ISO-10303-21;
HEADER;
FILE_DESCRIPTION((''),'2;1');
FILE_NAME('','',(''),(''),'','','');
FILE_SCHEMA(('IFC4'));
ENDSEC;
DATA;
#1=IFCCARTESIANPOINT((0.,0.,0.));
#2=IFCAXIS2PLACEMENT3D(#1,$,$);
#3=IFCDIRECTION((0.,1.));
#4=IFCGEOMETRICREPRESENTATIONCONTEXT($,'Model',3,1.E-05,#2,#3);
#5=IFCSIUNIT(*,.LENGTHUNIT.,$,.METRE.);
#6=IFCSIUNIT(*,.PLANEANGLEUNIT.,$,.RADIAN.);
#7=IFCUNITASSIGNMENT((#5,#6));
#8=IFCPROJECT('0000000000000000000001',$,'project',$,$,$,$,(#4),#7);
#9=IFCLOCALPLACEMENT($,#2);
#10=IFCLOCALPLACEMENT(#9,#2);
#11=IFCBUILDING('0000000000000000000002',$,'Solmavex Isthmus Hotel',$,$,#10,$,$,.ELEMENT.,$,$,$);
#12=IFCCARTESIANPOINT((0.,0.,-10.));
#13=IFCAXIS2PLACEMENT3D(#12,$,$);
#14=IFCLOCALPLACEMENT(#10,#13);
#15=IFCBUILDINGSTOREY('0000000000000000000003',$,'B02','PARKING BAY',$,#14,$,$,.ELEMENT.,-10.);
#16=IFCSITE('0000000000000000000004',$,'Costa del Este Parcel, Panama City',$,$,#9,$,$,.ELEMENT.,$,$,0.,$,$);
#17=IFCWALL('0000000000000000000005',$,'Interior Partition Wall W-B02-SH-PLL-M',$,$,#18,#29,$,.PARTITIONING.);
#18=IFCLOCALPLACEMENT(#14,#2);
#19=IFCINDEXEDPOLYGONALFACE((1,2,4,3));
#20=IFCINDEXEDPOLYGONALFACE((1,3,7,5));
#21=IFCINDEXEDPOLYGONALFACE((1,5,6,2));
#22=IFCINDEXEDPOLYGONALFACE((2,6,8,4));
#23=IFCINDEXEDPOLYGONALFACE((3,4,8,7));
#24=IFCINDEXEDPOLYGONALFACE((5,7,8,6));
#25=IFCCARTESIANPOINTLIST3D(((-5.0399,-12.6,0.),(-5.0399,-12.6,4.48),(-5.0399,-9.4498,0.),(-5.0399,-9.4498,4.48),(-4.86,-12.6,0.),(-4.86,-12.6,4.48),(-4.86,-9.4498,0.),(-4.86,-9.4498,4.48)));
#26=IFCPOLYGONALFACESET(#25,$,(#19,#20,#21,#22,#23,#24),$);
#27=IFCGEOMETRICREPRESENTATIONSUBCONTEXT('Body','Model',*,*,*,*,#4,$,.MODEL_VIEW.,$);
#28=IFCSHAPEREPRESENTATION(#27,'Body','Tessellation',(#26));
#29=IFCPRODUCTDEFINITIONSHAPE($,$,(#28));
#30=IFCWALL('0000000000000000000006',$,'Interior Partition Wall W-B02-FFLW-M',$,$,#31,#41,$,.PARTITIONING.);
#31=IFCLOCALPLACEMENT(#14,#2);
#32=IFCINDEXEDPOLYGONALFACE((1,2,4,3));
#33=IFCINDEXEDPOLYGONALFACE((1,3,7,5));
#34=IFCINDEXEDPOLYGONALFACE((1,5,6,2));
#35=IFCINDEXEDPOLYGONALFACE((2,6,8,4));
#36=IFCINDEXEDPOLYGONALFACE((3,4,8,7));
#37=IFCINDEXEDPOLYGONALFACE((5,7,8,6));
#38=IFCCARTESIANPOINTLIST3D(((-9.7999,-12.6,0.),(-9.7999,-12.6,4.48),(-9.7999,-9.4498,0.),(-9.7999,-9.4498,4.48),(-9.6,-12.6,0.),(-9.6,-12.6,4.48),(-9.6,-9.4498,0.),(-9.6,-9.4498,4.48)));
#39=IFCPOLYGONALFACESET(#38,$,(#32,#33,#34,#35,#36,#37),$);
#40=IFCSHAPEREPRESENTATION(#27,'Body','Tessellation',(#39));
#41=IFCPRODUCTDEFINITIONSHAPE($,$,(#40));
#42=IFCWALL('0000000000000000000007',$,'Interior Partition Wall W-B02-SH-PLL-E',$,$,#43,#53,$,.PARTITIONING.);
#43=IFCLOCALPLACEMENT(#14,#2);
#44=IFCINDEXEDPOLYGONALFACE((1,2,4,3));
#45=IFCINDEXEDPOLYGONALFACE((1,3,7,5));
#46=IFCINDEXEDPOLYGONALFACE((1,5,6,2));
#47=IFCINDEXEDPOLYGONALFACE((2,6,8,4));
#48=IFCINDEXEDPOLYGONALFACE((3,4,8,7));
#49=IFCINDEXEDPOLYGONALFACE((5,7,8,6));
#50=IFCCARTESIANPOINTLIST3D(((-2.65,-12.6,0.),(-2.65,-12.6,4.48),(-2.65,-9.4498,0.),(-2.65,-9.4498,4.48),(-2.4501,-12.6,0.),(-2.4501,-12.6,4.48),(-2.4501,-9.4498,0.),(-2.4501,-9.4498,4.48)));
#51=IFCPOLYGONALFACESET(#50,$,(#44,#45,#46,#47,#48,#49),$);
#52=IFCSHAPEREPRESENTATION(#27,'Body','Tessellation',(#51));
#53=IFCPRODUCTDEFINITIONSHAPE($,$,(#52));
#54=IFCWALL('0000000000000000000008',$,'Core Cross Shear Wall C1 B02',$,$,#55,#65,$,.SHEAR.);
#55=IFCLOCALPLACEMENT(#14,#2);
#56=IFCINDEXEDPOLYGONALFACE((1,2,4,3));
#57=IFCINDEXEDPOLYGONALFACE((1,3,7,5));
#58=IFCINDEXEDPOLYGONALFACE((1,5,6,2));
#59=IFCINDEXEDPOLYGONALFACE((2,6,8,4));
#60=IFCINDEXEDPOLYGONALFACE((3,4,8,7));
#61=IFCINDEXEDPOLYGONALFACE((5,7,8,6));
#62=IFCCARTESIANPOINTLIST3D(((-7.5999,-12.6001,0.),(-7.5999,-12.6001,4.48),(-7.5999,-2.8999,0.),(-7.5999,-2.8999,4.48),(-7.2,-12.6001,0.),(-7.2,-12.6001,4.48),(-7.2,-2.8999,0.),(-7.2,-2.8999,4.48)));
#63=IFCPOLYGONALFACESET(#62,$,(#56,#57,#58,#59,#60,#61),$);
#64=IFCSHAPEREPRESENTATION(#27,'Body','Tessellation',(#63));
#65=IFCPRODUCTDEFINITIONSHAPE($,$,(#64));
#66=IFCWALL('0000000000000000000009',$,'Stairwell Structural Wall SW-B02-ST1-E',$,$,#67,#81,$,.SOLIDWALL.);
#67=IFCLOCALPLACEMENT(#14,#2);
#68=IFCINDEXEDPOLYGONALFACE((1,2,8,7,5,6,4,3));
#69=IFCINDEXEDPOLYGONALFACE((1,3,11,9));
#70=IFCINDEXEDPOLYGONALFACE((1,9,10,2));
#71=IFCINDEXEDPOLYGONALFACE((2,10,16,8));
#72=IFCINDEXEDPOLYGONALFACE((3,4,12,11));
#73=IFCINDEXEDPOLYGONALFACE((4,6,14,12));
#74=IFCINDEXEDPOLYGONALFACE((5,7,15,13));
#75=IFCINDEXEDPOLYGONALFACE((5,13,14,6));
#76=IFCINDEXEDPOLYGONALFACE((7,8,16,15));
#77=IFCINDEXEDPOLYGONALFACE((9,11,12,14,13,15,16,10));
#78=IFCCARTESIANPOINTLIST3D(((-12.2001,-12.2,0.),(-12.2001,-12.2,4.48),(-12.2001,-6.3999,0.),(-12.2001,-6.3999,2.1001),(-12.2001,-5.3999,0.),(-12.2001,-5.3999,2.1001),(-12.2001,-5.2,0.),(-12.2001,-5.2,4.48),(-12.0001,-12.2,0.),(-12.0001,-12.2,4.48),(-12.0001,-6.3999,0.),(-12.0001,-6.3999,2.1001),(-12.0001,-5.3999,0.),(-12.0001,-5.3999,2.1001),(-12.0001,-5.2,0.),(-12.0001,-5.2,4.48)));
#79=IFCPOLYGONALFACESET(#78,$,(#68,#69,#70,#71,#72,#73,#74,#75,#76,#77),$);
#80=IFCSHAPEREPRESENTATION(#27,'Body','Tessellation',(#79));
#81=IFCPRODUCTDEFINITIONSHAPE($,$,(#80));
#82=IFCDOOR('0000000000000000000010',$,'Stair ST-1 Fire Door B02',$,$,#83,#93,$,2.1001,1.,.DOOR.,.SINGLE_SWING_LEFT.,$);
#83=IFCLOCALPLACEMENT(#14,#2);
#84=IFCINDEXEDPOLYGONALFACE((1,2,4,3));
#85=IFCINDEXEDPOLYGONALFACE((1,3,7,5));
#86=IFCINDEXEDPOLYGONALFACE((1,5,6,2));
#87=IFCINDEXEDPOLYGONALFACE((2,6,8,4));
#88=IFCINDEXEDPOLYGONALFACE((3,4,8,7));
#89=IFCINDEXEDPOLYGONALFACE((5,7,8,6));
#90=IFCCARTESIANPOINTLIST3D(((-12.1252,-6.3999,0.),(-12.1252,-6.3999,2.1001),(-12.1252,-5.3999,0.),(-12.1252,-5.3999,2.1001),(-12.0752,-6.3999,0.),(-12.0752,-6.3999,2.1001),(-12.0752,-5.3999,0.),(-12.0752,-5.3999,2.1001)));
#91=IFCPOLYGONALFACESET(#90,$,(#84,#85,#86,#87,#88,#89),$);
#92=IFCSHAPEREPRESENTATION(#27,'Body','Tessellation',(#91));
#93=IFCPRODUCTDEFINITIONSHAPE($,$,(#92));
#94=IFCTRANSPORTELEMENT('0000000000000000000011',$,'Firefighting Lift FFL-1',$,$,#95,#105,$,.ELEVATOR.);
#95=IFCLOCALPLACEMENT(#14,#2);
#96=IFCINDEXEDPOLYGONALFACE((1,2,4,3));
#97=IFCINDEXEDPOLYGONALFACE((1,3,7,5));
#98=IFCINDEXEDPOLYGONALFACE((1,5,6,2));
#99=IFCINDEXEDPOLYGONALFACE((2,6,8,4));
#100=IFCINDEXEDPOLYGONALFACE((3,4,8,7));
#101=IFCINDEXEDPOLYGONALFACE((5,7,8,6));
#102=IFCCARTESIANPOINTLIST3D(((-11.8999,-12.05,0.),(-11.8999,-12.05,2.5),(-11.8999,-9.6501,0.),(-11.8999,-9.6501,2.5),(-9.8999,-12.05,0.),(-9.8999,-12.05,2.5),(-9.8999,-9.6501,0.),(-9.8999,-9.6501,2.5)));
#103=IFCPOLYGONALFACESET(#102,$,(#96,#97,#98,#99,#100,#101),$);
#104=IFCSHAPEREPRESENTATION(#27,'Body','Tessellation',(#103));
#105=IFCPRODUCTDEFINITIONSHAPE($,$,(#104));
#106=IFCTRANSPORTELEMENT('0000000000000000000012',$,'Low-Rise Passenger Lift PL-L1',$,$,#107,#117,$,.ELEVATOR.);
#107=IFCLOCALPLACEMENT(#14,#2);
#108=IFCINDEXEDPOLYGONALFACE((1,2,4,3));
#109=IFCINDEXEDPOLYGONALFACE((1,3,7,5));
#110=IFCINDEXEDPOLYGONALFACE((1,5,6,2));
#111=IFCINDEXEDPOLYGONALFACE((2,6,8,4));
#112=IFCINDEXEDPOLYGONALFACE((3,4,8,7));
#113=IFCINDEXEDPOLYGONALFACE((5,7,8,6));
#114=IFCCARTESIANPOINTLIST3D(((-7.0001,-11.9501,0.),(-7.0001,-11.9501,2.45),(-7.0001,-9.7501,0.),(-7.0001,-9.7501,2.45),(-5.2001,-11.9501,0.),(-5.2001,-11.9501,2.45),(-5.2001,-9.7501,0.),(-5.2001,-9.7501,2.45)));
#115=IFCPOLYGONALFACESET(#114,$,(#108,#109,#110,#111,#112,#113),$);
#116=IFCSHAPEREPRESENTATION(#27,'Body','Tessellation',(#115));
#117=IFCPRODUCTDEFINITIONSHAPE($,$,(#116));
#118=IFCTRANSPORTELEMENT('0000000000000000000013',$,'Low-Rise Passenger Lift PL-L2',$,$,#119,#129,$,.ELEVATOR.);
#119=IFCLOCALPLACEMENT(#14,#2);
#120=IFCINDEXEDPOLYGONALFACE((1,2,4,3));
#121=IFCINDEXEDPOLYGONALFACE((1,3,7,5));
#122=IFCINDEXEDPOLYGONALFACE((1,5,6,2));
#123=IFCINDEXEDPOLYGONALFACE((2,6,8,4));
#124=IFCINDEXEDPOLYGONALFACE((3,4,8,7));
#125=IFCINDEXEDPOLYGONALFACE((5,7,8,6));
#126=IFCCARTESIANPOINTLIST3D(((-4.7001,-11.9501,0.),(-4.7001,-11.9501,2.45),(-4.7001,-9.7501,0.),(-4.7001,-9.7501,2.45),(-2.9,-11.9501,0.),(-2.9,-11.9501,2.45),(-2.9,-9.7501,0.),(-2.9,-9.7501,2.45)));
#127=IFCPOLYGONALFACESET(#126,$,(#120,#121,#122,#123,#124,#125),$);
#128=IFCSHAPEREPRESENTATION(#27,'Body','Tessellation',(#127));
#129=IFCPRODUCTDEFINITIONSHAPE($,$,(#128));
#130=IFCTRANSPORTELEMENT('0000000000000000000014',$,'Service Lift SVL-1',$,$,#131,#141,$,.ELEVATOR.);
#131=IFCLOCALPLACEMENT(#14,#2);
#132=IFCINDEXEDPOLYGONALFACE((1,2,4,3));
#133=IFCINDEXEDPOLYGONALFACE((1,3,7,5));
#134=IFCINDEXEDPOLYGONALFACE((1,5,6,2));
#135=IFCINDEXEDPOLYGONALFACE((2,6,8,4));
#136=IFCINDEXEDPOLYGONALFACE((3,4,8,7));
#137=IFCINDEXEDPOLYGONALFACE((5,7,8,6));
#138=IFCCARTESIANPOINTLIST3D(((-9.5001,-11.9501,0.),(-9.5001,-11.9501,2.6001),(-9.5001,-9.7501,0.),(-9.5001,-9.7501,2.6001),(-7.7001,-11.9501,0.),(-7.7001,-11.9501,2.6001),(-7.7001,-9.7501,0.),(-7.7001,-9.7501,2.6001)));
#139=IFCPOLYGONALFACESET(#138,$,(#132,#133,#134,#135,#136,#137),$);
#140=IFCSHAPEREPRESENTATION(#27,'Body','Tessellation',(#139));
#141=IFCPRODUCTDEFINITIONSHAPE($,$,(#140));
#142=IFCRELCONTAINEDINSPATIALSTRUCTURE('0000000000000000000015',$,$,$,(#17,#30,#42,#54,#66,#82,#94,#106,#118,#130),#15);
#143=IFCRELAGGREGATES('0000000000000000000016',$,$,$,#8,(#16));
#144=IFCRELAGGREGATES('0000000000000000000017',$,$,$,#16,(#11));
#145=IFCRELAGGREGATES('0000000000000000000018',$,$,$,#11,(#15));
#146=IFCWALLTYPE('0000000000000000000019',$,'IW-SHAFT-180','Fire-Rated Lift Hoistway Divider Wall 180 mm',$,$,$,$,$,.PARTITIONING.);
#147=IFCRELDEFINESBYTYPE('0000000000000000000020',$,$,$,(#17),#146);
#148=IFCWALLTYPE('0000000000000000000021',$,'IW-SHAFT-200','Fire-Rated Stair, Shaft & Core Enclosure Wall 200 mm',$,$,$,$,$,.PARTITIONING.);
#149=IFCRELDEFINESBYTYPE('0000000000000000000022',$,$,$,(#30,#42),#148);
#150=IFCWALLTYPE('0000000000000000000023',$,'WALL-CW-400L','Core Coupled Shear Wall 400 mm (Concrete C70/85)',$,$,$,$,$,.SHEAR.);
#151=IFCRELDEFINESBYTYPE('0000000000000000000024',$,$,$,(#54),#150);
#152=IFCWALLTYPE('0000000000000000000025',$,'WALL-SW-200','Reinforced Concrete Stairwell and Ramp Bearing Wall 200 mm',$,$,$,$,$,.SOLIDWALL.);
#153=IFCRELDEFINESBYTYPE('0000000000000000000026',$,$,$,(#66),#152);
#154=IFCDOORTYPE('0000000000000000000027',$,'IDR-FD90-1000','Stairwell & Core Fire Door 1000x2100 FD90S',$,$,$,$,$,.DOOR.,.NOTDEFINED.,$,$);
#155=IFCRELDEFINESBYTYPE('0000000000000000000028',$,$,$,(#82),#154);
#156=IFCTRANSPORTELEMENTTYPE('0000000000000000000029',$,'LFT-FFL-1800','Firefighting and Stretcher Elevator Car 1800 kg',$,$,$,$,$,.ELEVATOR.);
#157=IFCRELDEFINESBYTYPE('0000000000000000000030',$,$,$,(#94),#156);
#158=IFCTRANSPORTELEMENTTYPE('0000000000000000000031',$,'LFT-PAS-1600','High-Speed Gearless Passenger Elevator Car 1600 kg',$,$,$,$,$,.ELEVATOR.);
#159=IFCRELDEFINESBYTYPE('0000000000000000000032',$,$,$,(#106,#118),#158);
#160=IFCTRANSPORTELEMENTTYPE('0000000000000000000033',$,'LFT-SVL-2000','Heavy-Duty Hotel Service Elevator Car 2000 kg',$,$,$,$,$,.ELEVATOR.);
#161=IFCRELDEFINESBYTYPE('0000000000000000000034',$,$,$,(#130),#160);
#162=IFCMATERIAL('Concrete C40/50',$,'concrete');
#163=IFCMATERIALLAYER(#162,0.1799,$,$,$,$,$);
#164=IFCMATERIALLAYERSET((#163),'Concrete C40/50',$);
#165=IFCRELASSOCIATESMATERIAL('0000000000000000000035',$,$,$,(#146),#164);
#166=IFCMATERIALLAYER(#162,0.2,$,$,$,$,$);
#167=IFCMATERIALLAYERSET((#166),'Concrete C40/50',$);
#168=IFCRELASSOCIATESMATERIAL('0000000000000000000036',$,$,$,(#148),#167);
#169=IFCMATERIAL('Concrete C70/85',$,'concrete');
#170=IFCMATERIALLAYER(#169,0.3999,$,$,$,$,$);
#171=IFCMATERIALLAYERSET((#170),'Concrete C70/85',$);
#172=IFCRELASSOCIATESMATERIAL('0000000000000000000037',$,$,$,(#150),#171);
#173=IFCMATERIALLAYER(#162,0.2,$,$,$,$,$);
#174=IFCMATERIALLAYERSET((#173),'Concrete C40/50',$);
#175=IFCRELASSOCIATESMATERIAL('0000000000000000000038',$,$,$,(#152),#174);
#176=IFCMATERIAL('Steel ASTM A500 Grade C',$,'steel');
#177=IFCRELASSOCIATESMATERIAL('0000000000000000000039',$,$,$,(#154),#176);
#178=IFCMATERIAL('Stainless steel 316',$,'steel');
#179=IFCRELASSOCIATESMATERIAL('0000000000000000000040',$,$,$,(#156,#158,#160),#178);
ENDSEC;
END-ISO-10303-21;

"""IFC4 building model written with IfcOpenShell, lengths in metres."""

from ifc_helpers import new_model, si_unit, direction, frame, frame_2d, origin, origin_2d, place, context, subcontext, project, spatial, rectangle, extrude, material, layer, layer_set, type_object, element, fill, save


model = new_model("IFC4")

# Units and contexts
model_context = context("Model", 3, precision=1e-05, world=origin(), true_north=direction((0.0, 1.0)))
body_context = subcontext(model_context, "Body", "Model", "MODEL_VIEW")
ifc_project = project(units=[si_unit("LENGTHUNIT", "METRE"), si_unit("PLANEANGLEUNIT", "RADIAN")], contexts=[model_context])

# Site, building, storey
site_placement = place(None, origin())
site = spatial("IfcSite", under=ifc_project, at=site_placement, Name="Costa del Este Parcel, Panama City", CompositionType="ELEMENT", RefElevation=0.0)
building_placement = place(site_placement, origin())
building = spatial("IfcBuilding", under=site, at=building_placement, Name="Solmavex Isthmus Hotel", CompositionType="ELEMENT")
storey_placement = place(building_placement, frame((0.0, 0.0, -10.0)))
storey = spatial("IfcBuildingStorey", under=building, at=storey_placement, Name="B02", Description="PARKING BAY", CompositionType="ELEMENT", Elevation=-10.0)

# Shared definitions
ifc_material_1 = material(Name="Concrete C70/85", Category="concrete")

# Walls
ifc_material_2 = material(Name="Concrete C40/50", Category="concrete")
ifc_layer_1 = layer(ifc_material_2, 0.1799)
ifc_layer_set_1 = layer_set([ifc_layer_1], Name="Concrete C40/50")
wall_type_1 = type_object("IfcWallType", Name="IW-SHAFT-180", Description="Fire-Rated Lift Hoistway Divider Wall 180 mm", PredefinedType="PARTITIONING", material=ifc_layer_set_1)
wall_1_placement = place(storey_placement, frame((-4.95, -12.6001, 0.0), z_axis=(0.0, 0.0, 1.0), x_axis=(0.0, 1.0, 0.0)))
element("IfcWall", 1, at=wall_1_placement, inside=storey, type_object=wall_type_1, Name="Interior Partition Wall W-B02-SH-PLL-M", PredefinedType="PARTITIONING", context=body_context, shape_type="SweptSolid", body=[
    extrude(rectangle(XDim=3.1501, YDim=0.1799, at=frame_2d((1.5752, 0.0))), origin(), (0.0, 0.0, 1.0), 4.48),
])
ifc_layer_2 = layer(ifc_material_2, 0.2)
ifc_layer_set_2 = layer_set([ifc_layer_2], Name="Concrete C40/50")
wall_type_2 = type_object("IfcWallType", Name="IW-SHAFT-200", Description="Fire-Rated Stair, Shaft & Core Enclosure Wall 200 mm", PredefinedType="PARTITIONING", material=ifc_layer_set_2)
for number, where, z_axis, x_axis, name in (
    (2, (-9.7, -12.6001, 0.0), (0.0, 0.0, 1.0), (0.0, 1.0, 0.0), "Interior Partition Wall W-B02-FFLW-M"),
    (3, (-2.55, -12.6001, 0.0), (0.0, 0.0, 1.0), (0.0, 1.0, 0.0), "Interior Partition Wall W-B02-SH-PLL-E"),
):
    element("IfcWall", number, at=place(storey_placement, frame(where, z_axis=z_axis, x_axis=x_axis)), inside=storey, type_object=wall_type_2, Name=name, PredefinedType="PARTITIONING", context=body_context, shape_type="SweptSolid", body=[
        extrude(rectangle(XDim=3.1501, YDim=0.2, at=frame_2d((1.5752, 0.0))), origin(), (0.0, 0.0, 1.0), 4.48),
    ])
ifc_layer_3 = layer(ifc_material_1, 0.3999)
ifc_layer_set_3 = layer_set([ifc_layer_3], Name="Concrete C70/85")
wall_type_3 = type_object("IfcWallType", Name="WALL-CW-400L", Description="Core Coupled Shear Wall 400 mm (Concrete C70/85)", PredefinedType="SHEAR", material=ifc_layer_set_3)
wall_2_placement = place(storey_placement, frame((-7.3999, -12.6001, 0.0), z_axis=(0.0, 0.0, 1.0), x_axis=(0.0, 1.0, 0.0)))
element("IfcWall", 4, at=wall_2_placement, inside=storey, type_object=wall_type_3, Name="Core Cross Shear Wall C1 B02", PredefinedType="SHEAR", context=body_context, shape_type="SweptSolid", body=[
    extrude(rectangle(XDim=9.7002, YDim=0.3999, at=frame_2d((4.8501, 0.0))), origin(), (0.0, 0.0, 1.0), 4.48),
])

# Wall, opening, door
ifc_layer_4 = layer(ifc_material_2, 0.2)
ifc_layer_set_4 = layer_set([ifc_layer_4], Name="Concrete C40/50")
wall_type_4 = type_object("IfcWallType", Name="WALL-SW-200", Description="Reinforced Concrete Stairwell and Ramp Bearing Wall 200 mm", PredefinedType="SOLIDWALL", material=ifc_layer_set_4)
wall_3_placement = place(storey_placement, frame((-12.1001, -12.2, 0.0), z_axis=(0.0, 0.0, 1.0), x_axis=(0.0, 1.0, 0.0)))
wall_3 = element("IfcWall", 5, at=wall_3_placement, inside=storey, type_object=wall_type_4, Name="Stairwell Structural Wall SW-B02-ST1-E", PredefinedType="SOLIDWALL", context=body_context, shape_type="SweptSolid", body=[
    extrude(rectangle(XDim=7.0, YDim=0.2, at=frame_2d((3.5, 0.0))), origin(), (0.0, 0.0, 1.0), 4.48),
])
opening_placement = place(wall_3_placement, frame((5.8, 0.0, 0.0)))
opening = element("IfcOpeningElement", 6, at=opening_placement, cuts=wall_3, PredefinedType="OPENING", context=body_context, shape_type="SweptSolid", body=[
    extrude(rectangle(XDim=1.0, YDim=2.1001, at=frame_2d((0.5, 1.05))), frame((0.0, 0.1099, 0.0), z_axis=(0.0, -1.0, 0.0), x_axis=(1.0, 0.0, 0.0)), (0.0, 0.0, 1.0), 0.22),
])
ifc_material_3 = material(Name="Steel ASTM A500 Grade C", Category="steel")
door_type = type_object("IfcDoorType", Name="IDR-FD90-1000", Description="Stairwell & Core Fire Door 1000x2100 FD90S", OperationType="NOTDEFINED", PredefinedType="DOOR", material=ifc_material_3)
door_placement = place(opening_placement, frame((1.0, 0.0, 0.0), z_axis=(0.0, 0.0, 1.0), x_axis=(-1.0, 0.0, 0.0)))
door = element("IfcDoor", 7, at=door_placement, inside=storey, type_object=door_type, Name="Stair ST-1 Fire Door B02", OperationType="SINGLE_SWING_LEFT", OverallHeight=2.1001, OverallWidth=1.0, PredefinedType="DOOR", context=body_context, shape_type="SweptSolid", body=[
    extrude(rectangle(XDim=1.0, YDim=2.1001, at=frame_2d((0.5, 1.05))), frame((0.0, 0.0249, 0.0), z_axis=(0.0, -1.0, 0.0), x_axis=(1.0, 0.0, 0.0)), (0.0, 0.0, 1.0), 0.05),
])
fill(opening, door)

# Transport elements
ifc_material_4 = material(Name="Stainless steel 316", Category="steel")
transport_element_type_1 = type_object("IfcTransportElementType", Name="LFT-FFL-1800", Description="Firefighting and Stretcher Elevator Car 1800 kg", PredefinedType="ELEVATOR", material=ifc_material_4)
transport_element_1_placement = place(storey_placement, frame((-10.8999, -10.8501, 0.0), z_axis=(0.0, 0.0, 1.0), x_axis=(1.0, 0.0, 0.0)))
element("IfcTransportElement", 8, at=transport_element_1_placement, inside=storey, type_object=transport_element_type_1, Name="Firefighting Lift FFL-1", PredefinedType="ELEVATOR", context=body_context, shape_type="SweptSolid", body=[
    extrude(rectangle(XDim=2.0, YDim=2.3999, at=origin_2d()), origin(), (0.0, 0.0, 1.0), 2.5),
])
transport_element_type_2 = type_object("IfcTransportElementType", Name="LFT-PAS-1600", Description="High-Speed Gearless Passenger Elevator Car 1600 kg", PredefinedType="ELEVATOR", material=ifc_material_4)
for number, where, z_axis, x_axis, name in (
    (9, (-6.1001, -10.8501, 0.0), (0.0, 0.0, 1.0), (1.0, 0.0, 0.0), "Low-Rise Passenger Lift PL-L1"),
    (10, (-3.8, -10.8501, 0.0), (0.0, 0.0, 1.0), (1.0, 0.0, 0.0), "Low-Rise Passenger Lift PL-L2"),
):
    element("IfcTransportElement", number, at=place(storey_placement, frame(where, z_axis=z_axis, x_axis=x_axis)), inside=storey, type_object=transport_element_type_2, Name=name, PredefinedType="ELEVATOR", context=body_context, shape_type="SweptSolid", body=[
        extrude(rectangle(XDim=1.8, YDim=2.2, at=origin_2d()), origin(), (0.0, 0.0, 1.0), 2.45),
    ])
transport_element_type_3 = type_object("IfcTransportElementType", Name="LFT-SVL-2000", Description="Heavy-Duty Hotel Service Elevator Car 2000 kg", PredefinedType="ELEVATOR", material=ifc_material_4)
transport_element_2_placement = place(storey_placement, frame((-8.6001, -10.8501, 0.0), z_axis=(0.0, 0.0, 1.0), x_axis=(1.0, 0.0, 0.0)))
element("IfcTransportElement", 11, at=transport_element_2_placement, inside=storey, type_object=transport_element_type_3, Name="Service Lift SVL-1", PredefinedType="ELEVATOR", context=body_context, shape_type="SweptSolid", body=[
    extrude(rectangle(XDim=1.8, YDim=2.2, at=origin_2d()), origin(), (0.0, 0.0, 1.0), 2.6001),
])

save(model, "model.ifc")
